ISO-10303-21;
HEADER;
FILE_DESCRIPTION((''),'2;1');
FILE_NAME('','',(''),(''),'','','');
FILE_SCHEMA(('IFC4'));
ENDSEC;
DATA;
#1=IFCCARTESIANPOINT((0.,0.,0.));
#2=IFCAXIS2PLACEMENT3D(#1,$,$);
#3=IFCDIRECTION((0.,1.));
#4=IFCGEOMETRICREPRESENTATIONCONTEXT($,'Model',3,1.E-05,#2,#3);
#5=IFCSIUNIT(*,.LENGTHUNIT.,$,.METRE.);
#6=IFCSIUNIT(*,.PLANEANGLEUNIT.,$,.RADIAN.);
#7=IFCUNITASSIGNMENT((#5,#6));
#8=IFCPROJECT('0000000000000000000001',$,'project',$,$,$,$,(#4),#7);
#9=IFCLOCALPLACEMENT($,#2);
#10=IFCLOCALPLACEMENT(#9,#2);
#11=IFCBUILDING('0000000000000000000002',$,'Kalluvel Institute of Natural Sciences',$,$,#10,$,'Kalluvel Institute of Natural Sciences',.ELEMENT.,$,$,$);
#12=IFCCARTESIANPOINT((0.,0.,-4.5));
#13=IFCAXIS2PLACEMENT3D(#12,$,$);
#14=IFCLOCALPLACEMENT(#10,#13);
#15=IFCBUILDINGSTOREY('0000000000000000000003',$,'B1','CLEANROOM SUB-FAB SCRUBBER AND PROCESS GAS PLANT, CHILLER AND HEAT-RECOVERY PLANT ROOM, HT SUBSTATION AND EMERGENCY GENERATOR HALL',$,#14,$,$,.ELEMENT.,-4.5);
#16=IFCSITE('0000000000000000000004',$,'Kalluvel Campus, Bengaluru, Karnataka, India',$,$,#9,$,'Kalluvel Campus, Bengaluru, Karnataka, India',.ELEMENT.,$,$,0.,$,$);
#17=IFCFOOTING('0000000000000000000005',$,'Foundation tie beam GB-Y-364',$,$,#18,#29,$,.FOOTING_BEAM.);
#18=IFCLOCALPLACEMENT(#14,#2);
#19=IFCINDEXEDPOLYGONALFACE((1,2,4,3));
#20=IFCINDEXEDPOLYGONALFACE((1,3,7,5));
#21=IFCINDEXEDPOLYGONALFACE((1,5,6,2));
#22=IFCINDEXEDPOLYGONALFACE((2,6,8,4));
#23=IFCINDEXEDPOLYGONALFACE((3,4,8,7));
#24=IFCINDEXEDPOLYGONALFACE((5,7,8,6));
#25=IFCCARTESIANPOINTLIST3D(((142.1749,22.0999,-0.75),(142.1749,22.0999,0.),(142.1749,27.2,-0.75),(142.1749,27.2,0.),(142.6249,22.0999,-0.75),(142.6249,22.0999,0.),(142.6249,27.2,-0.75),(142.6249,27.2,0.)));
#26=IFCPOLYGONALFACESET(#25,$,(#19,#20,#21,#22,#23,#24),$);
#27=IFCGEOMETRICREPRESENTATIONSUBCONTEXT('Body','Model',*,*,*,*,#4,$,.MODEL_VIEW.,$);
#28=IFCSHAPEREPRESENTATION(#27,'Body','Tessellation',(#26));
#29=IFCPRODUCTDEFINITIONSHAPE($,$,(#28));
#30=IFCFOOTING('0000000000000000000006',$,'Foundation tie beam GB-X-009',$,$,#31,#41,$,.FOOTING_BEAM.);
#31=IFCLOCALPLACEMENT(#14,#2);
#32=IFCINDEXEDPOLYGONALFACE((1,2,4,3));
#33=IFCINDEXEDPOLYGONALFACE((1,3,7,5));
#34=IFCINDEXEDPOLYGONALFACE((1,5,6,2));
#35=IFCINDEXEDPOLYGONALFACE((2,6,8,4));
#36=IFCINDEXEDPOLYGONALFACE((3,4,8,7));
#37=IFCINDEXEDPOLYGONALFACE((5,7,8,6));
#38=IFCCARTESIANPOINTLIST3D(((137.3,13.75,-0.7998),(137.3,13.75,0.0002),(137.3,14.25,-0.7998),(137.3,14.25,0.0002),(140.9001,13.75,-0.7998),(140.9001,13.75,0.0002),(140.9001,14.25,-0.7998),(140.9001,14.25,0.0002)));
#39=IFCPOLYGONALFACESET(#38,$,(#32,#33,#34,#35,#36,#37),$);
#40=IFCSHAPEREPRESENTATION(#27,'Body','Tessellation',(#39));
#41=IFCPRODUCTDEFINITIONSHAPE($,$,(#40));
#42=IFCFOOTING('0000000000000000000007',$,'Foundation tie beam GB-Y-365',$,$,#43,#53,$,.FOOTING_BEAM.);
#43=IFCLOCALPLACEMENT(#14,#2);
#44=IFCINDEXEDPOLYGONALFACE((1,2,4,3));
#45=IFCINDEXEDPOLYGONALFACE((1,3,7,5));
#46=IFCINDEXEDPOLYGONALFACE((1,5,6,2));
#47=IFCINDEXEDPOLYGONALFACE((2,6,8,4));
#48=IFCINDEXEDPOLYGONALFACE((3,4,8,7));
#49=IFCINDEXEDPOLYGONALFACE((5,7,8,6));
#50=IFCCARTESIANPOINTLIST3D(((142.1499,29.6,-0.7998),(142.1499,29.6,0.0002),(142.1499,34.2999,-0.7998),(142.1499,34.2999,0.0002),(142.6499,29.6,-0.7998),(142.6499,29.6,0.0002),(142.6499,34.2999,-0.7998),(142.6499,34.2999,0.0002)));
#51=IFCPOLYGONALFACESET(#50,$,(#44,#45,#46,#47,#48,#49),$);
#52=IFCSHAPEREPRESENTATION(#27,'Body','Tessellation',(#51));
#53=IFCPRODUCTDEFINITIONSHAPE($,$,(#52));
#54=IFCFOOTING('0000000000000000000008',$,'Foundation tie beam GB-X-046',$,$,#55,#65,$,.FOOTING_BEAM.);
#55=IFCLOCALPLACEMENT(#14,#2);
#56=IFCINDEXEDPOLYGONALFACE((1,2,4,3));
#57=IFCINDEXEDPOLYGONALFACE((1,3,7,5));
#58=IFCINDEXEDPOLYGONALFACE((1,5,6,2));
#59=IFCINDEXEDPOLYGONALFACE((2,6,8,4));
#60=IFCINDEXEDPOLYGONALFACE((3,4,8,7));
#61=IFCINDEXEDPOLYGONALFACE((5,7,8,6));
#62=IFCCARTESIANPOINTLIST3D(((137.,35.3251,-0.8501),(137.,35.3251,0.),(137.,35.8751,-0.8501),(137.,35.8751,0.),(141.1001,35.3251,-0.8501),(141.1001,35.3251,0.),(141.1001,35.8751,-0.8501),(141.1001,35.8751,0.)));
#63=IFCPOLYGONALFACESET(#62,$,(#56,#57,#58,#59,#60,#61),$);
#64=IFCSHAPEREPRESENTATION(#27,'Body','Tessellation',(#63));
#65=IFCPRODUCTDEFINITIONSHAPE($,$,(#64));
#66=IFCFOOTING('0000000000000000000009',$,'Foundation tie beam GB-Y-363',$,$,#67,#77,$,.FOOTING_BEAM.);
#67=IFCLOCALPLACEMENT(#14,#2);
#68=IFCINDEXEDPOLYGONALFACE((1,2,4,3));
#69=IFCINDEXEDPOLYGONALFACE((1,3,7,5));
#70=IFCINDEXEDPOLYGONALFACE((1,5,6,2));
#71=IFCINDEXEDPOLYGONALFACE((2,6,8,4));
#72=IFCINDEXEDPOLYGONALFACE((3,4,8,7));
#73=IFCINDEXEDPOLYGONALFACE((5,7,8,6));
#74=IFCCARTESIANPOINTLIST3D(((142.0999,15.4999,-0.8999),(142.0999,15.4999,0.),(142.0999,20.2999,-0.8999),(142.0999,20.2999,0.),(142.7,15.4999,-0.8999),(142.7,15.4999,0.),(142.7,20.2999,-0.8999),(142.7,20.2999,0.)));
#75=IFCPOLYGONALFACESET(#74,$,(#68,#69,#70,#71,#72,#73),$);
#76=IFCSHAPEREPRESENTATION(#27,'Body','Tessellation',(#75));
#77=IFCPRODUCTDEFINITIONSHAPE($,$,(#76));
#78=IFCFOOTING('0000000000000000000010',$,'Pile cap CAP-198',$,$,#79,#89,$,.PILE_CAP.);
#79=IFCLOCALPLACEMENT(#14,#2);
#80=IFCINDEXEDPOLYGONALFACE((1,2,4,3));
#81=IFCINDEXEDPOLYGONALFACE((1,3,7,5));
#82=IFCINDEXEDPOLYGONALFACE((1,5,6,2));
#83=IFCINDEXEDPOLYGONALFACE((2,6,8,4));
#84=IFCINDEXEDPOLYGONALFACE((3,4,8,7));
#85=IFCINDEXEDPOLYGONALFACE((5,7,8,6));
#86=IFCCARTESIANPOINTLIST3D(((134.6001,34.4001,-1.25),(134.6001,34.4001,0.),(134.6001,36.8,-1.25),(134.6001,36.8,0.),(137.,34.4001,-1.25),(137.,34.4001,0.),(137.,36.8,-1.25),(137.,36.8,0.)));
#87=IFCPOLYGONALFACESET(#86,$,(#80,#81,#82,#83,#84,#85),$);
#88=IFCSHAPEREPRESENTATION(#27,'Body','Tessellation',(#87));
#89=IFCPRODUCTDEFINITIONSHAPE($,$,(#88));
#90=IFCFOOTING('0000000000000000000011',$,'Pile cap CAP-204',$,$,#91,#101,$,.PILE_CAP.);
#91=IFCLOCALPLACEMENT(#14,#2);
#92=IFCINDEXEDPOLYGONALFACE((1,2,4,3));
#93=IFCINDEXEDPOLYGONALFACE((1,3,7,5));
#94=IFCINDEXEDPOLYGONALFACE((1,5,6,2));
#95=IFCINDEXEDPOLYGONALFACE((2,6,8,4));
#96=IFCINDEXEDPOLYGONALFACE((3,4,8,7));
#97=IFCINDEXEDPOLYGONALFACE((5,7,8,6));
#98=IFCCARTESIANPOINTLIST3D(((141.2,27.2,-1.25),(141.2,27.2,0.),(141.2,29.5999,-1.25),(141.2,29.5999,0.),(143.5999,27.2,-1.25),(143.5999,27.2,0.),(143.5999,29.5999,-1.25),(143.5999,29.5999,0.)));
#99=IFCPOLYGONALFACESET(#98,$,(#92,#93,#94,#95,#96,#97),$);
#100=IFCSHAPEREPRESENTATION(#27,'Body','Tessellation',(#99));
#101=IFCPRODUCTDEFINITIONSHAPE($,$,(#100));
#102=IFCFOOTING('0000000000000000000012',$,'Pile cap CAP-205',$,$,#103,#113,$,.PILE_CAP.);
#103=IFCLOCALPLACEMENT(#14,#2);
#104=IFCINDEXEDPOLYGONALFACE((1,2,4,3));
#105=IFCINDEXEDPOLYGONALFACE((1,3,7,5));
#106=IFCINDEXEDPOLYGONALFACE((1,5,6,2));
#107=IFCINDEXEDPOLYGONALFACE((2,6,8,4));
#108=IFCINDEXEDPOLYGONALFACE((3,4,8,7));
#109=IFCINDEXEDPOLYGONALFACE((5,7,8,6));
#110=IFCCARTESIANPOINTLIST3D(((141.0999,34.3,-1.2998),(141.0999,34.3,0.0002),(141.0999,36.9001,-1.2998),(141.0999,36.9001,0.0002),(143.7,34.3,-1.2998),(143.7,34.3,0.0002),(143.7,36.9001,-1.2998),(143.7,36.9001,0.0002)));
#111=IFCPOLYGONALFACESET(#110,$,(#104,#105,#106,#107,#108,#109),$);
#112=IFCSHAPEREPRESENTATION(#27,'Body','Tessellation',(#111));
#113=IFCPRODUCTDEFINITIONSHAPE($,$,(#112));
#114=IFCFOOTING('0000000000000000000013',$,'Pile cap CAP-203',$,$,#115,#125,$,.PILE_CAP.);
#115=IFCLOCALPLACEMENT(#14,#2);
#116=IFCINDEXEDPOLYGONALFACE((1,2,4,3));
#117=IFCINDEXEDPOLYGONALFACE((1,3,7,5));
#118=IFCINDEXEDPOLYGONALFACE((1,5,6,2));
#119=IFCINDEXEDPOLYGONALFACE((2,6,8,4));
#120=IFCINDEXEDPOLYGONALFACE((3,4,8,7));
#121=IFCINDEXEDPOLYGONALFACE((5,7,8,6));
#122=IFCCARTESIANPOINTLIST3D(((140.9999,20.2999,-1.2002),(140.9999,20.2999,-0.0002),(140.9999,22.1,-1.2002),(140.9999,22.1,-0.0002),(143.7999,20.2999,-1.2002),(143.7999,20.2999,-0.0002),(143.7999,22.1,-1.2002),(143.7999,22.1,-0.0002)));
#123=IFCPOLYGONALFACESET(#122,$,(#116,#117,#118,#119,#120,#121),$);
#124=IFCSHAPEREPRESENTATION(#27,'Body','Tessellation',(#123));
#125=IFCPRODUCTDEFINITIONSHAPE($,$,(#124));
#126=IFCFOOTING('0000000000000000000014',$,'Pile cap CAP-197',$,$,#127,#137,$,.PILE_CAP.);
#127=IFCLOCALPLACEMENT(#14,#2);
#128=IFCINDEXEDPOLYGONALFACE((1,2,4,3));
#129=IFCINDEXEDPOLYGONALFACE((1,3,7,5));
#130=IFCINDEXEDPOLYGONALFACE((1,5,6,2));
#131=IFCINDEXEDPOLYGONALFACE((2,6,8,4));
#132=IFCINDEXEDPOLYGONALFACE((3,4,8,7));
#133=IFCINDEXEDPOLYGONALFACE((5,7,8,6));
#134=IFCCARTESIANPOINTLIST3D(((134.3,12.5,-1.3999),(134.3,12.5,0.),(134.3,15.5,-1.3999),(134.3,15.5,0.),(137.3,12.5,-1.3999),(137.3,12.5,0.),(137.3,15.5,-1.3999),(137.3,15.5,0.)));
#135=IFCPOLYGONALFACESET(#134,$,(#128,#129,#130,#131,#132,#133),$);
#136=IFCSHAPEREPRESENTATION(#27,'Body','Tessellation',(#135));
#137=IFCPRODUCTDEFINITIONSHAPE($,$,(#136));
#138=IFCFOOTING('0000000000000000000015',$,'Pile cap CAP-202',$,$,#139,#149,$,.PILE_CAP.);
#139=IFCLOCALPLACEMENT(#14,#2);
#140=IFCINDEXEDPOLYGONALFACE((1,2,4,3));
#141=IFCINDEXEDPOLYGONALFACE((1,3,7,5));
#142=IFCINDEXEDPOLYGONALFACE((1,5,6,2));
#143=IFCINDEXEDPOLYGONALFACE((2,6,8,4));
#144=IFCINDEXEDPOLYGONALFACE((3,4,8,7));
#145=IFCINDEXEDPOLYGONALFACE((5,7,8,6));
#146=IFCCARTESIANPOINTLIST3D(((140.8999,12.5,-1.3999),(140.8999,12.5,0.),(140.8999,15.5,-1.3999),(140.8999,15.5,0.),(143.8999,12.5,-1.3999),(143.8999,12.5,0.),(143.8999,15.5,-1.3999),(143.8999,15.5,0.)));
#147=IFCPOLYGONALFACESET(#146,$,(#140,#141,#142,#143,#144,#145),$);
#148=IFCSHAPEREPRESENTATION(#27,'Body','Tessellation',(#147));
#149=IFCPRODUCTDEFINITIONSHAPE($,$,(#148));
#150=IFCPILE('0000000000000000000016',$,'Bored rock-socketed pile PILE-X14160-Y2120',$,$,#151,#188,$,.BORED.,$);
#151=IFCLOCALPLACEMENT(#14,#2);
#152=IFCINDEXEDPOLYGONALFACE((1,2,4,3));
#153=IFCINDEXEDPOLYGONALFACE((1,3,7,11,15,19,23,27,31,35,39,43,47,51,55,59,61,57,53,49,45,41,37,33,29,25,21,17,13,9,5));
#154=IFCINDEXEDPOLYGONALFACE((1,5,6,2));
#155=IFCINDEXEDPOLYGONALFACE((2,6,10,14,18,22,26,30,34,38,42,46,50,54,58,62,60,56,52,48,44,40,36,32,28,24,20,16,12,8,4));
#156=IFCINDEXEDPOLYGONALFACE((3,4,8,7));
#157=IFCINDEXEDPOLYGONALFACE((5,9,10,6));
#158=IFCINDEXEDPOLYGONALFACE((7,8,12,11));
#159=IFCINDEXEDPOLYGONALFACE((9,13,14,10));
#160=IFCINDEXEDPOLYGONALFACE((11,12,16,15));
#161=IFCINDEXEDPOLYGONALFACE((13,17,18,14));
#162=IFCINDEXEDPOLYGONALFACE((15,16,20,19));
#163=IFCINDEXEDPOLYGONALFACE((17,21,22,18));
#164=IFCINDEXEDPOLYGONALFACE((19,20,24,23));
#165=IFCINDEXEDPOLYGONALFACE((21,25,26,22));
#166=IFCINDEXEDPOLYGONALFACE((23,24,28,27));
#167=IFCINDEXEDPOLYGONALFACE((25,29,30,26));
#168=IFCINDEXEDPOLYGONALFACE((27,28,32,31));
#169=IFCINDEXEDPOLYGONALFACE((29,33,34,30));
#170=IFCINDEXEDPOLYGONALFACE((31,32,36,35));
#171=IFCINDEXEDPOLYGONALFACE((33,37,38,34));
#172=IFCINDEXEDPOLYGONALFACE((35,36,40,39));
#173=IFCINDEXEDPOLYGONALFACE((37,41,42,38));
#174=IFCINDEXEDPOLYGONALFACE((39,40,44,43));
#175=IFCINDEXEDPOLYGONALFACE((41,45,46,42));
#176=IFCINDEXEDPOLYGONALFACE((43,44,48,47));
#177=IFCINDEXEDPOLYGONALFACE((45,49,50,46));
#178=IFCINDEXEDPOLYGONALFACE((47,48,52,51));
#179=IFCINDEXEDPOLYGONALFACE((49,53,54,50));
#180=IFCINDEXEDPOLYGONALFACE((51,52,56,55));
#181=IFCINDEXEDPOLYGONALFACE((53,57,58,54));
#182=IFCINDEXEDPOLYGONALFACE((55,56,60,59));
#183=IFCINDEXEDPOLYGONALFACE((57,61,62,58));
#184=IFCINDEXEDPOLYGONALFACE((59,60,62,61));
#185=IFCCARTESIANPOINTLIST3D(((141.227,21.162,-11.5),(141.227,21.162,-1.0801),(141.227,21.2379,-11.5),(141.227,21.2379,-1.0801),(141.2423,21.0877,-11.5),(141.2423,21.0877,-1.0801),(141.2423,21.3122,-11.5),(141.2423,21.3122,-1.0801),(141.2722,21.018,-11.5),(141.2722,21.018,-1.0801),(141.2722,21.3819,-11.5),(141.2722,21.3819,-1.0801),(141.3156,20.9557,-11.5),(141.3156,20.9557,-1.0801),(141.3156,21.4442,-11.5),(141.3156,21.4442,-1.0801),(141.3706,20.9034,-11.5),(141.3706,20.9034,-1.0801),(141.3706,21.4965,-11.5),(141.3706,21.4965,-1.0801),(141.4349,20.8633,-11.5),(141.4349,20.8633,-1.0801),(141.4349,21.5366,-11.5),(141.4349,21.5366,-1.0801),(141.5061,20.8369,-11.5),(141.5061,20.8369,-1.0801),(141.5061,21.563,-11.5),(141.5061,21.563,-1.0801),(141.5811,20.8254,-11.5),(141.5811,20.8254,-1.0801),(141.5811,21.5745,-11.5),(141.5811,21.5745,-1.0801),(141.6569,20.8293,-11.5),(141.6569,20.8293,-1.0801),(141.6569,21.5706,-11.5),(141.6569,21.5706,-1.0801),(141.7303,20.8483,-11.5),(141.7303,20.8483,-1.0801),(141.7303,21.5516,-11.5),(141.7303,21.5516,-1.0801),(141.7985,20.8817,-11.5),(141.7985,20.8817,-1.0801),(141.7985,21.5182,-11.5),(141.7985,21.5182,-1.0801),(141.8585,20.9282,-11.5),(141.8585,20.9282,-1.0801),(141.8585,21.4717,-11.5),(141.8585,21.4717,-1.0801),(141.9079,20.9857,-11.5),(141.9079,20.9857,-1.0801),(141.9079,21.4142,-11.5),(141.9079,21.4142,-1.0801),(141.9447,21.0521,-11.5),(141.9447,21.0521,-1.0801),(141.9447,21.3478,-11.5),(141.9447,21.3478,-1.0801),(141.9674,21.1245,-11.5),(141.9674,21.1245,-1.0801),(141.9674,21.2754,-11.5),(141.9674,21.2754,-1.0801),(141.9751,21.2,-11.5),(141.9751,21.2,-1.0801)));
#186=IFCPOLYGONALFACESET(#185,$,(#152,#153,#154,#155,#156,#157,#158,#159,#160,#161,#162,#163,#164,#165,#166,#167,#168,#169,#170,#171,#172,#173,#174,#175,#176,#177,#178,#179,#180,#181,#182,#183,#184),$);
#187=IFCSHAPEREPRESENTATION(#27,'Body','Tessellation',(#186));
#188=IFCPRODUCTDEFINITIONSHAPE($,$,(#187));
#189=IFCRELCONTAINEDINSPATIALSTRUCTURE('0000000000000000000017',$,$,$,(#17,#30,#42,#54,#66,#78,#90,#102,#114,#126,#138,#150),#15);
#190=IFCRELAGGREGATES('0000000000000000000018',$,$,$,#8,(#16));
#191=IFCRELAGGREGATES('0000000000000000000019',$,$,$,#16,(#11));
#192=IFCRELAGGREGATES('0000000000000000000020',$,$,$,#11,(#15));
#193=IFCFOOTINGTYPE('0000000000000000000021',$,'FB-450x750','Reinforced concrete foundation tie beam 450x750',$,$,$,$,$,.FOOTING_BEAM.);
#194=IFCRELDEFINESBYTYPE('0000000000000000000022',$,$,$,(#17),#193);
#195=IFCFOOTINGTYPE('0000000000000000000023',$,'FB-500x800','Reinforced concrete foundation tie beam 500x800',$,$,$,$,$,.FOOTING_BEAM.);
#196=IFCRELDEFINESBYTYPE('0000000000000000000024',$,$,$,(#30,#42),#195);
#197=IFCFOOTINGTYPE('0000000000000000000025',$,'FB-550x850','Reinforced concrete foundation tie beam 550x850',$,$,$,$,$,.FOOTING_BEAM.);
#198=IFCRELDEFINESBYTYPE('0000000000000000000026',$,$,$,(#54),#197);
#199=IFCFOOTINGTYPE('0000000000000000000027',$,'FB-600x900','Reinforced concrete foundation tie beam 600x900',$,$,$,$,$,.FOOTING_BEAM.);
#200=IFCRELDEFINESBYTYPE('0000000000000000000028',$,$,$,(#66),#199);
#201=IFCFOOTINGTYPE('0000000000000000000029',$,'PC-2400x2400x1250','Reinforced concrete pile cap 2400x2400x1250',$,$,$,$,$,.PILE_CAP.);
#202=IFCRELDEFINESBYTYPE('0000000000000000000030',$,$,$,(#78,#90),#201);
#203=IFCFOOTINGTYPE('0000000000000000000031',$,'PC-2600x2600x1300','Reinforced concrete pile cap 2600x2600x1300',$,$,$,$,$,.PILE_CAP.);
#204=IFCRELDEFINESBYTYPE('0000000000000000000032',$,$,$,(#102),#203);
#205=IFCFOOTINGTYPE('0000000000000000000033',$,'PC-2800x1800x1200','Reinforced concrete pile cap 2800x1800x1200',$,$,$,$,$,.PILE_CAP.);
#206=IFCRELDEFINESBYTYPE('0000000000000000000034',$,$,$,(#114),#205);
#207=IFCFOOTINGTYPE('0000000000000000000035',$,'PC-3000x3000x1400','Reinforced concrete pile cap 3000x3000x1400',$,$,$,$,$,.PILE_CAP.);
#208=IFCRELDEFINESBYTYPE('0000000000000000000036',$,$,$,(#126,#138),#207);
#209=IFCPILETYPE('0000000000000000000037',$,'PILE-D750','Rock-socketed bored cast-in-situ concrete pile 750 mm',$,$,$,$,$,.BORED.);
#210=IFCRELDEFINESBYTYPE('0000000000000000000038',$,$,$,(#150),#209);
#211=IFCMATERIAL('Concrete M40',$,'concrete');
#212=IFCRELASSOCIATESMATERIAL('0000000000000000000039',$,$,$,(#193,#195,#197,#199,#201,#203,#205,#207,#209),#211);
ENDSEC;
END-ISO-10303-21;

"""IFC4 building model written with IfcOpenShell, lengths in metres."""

from ifc_helpers import new_model, si_unit, direction, frame, origin, origin_2d, place, context, subcontext, project, spatial, rectangle, circle, extrude, material, material_profile, profile_set, type_object, element, save


model = new_model("IFC4")

# Units and contexts
model_context = context("Model", 3, precision=1e-05, world=origin(), true_north=direction((0.0, 1.0)))
body_context = subcontext(model_context, "Body", "Model", "MODEL_VIEW")
ifc_project = project(units=[si_unit("LENGTHUNIT", "METRE"), si_unit("PLANEANGLEUNIT", "RADIAN")], contexts=[model_context])

# Site, building, storey
site_placement = place(None, origin())
site = spatial("IfcSite", under=ifc_project, at=site_placement, Name="Kalluvel Campus, Bengaluru, Karnataka, India", LongName="Kalluvel Campus, Bengaluru, Karnataka, India", CompositionType="ELEMENT", RefElevation=0.0)
building_placement = place(site_placement, origin())
building = spatial("IfcBuilding", under=site, at=building_placement, Name="Kalluvel Institute of Natural Sciences", LongName="Kalluvel Institute of Natural Sciences", CompositionType="ELEMENT")
storey_placement = place(building_placement, frame((0.0, 0.0, -4.5)))
storey = spatial("IfcBuildingStorey", under=building, at=storey_placement, Name="B1", Description="CLEANROOM SUB-FAB SCRUBBER AND PROCESS GAS PLANT, CHILLER AND HEAT-RECOVERY PLANT ROOM, HT SUBSTATION AND EMERGENCY GENERATOR HALL", CompositionType="ELEMENT", Elevation=-4.5)

# Footings
ifc_material_1 = material(Name="Concrete M40", Category="concrete")
footing_type_1 = type_object("IfcFootingType", Name="FB-450x750", Description="Reinforced concrete foundation tie beam 450x750", PredefinedType="FOOTING_BEAM", material=ifc_material_1)
footing_1_placement = place(storey_placement, frame((142.3999, 24.6499, -0.75), z_axis=(0.0, 0.0, 1.0), x_axis=(1.0, 0.0, 0.0)))
element("IfcFooting", 1, at=footing_1_placement, inside=storey, type_object=footing_type_1, Name="Foundation tie beam GB-Y-364", PredefinedType="FOOTING_BEAM", context=body_context, shape_type="SweptSolid", body=[
    extrude(rectangle(XDim=0.45, YDim=5.1001, at=origin_2d()), origin(), (0.0, 0.0, 1.0), 0.75),
])
footing_type_2 = type_object("IfcFootingType", Name="FB-500x800", Description="Reinforced concrete foundation tie beam 500x800", PredefinedType="FOOTING_BEAM", material=ifc_material_1)
footing_2_placement = place(storey_placement, frame((139.1001, 14.0, -0.7998), z_axis=(0.0, 0.0, 1.0), x_axis=(1.0, 0.0, 0.0)))
element("IfcFooting", 2, at=footing_2_placement, inside=storey, type_object=footing_type_2, Name="Foundation tie beam GB-X-009", PredefinedType="FOOTING_BEAM", context=body_context, shape_type="SweptSolid", body=[
    extrude(rectangle(XDim=3.6001, YDim=0.5, at=origin_2d()), origin(), (0.0, 0.0, 1.0), 0.8),
])
footing_3_placement = place(storey_placement, frame((142.3999, 31.95, -0.7998), z_axis=(0.0, 0.0, 1.0), x_axis=(1.0, 0.0, 0.0)))
element("IfcFooting", 3, at=footing_3_placement, inside=storey, type_object=footing_type_2, Name="Foundation tie beam GB-Y-365", PredefinedType="FOOTING_BEAM", context=body_context, shape_type="SweptSolid", body=[
    extrude(rectangle(XDim=0.5, YDim=4.7, at=origin_2d()), origin(), (0.0, 0.0, 1.0), 0.8),
])
footing_type_3 = type_object("IfcFootingType", Name="FB-550x850", Description="Reinforced concrete foundation tie beam 550x850", PredefinedType="FOOTING_BEAM", material=ifc_material_1)
footing_4_placement = place(storey_placement, frame((139.05, 35.6001, -0.8501), z_axis=(0.0, 0.0, 1.0), x_axis=(1.0, 0.0, 0.0)))
element("IfcFooting", 4, at=footing_4_placement, inside=storey, type_object=footing_type_3, Name="Foundation tie beam GB-X-046", PredefinedType="FOOTING_BEAM", context=body_context, shape_type="SweptSolid", body=[
    extrude(rectangle(XDim=4.1001, YDim=0.55, at=origin_2d()), origin(), (0.0, 0.0, 1.0), 0.8501),
])
footing_type_4 = type_object("IfcFootingType", Name="FB-600x900", Description="Reinforced concrete foundation tie beam 600x900", PredefinedType="FOOTING_BEAM", material=ifc_material_1)
footing_5_placement = place(storey_placement, frame((142.3999, 17.8999, -0.8999), z_axis=(0.0, 0.0, 1.0), x_axis=(1.0, 0.0, 0.0)))
element("IfcFooting", 5, at=footing_5_placement, inside=storey, type_object=footing_type_4, Name="Foundation tie beam GB-Y-363", PredefinedType="FOOTING_BEAM", context=body_context, shape_type="SweptSolid", body=[
    extrude(rectangle(XDim=0.6001, YDim=4.8, at=origin_2d()), origin(), (0.0, 0.0, 1.0), 0.8999),
])
footing_type_5 = type_object("IfcFootingType", Name="PC-2400x2400x1250", Description="Reinforced concrete pile cap 2400x2400x1250", PredefinedType="PILE_CAP", material=ifc_material_1)
for number, where, z_axis, x_axis, name in (
    (6, (135.8, 35.6001, -1.25), (0.0, 0.0, 1.0), (1.0, 0.0, 0.0), "Pile cap CAP-198"),
    (7, (142.3999, 28.3999, -1.25), (0.0, 0.0, 1.0), (1.0, 0.0, 0.0), "Pile cap CAP-204"),
):
    element("IfcFooting", number, at=place(storey_placement, frame(where, z_axis=z_axis, x_axis=x_axis)), inside=storey, type_object=footing_type_5, Name=name, PredefinedType="PILE_CAP", context=body_context, shape_type="SweptSolid", body=[
        extrude(rectangle(XDim=2.3999, YDim=2.3999, at=origin_2d()), origin(), (0.0, 0.0, 1.0), 1.25),
    ])
footing_type_6 = type_object("IfcFootingType", Name="PC-2600x2600x1300", Description="Reinforced concrete pile cap 2600x2600x1300", PredefinedType="PILE_CAP", material=ifc_material_1)
footing_6_placement = place(storey_placement, frame((142.3999, 35.6001, -1.2998), z_axis=(0.0, 0.0, 1.0), x_axis=(1.0, 0.0, 0.0)))
element("IfcFooting", 8, at=footing_6_placement, inside=storey, type_object=footing_type_6, Name="Pile cap CAP-205", PredefinedType="PILE_CAP", context=body_context, shape_type="SweptSolid", body=[
    extrude(rectangle(XDim=2.6001, YDim=2.6001, at=origin_2d()), origin(), (0.0, 0.0, 1.0), 1.3),
])
footing_type_7 = type_object("IfcFootingType", Name="PC-2800x1800x1200", Description="Reinforced concrete pile cap 2800x1800x1200", PredefinedType="PILE_CAP", material=ifc_material_1)
footing_7_placement = place(storey_placement, frame((142.3999, 21.2, -1.2002), z_axis=(0.0, 0.0, 1.0), x_axis=(1.0, 0.0, 0.0)))
element("IfcFooting", 9, at=footing_7_placement, inside=storey, type_object=footing_type_7, Name="Pile cap CAP-203", PredefinedType="PILE_CAP", context=body_context, shape_type="SweptSolid", body=[
    extrude(rectangle(XDim=2.8, YDim=1.8, at=origin_2d()), origin(), (0.0, 0.0, 1.0), 1.2),
])
footing_type_8 = type_object("IfcFootingType", Name="PC-3000x3000x1400", Description="Reinforced concrete pile cap 3000x3000x1400", PredefinedType="PILE_CAP", material=ifc_material_1)
for number, where, z_axis, x_axis, name in (
    (10, (135.8, 14.0, -1.3999), (0.0, 0.0, 1.0), (1.0, 0.0, 0.0), "Pile cap CAP-197"),
    (11, (142.3999, 14.0, -1.3999), (0.0, 0.0, 1.0), (1.0, 0.0, 0.0), "Pile cap CAP-202"),
):
    element("IfcFooting", number, at=place(storey_placement, frame(where, z_axis=z_axis, x_axis=x_axis)), inside=storey, type_object=footing_type_8, Name=name, PredefinedType="PILE_CAP", context=body_context, shape_type="SweptSolid", body=[
        extrude(rectangle(XDim=3.0, YDim=3.0, at=origin_2d()), origin(), (0.0, 0.0, 1.0), 1.3999),
    ])

# Pile
ifc_material_profile_1 = material_profile(ifc_material_1, circle(Radius=0.375, at=origin_2d()), Name="PILE D750")
ifc_profile_set_1 = profile_set([ifc_material_profile_1], Name="Concrete M40")
pile_type_1 = type_object("IfcPileType", Name="PILE-D750", Description="Rock-socketed bored cast-in-situ concrete pile 750 mm", PredefinedType="BORED", material=ifc_profile_set_1)
for number, where, z_axis, x_axis, name in (
    (12, (141.6001, 21.2, -1.0801), (0.0, 0.0, -1.0), (1.0, 0.0, 0.0), "Bored rock-socketed pile PILE-X14160-Y2120"),
):
    element("IfcPile", number, at=place(storey_placement, frame(where, z_axis=z_axis, x_axis=x_axis)), inside=storey, type_object=pile_type_1, Name=name, PredefinedType="BORED", context=body_context, shape_type="SweptSolid", body=[
        extrude(circle(Radius=0.375, at=origin_2d()), origin(), (0.0, 0.0, 1.0), 10.4199),
    ])

save(model, "model.ifc")
